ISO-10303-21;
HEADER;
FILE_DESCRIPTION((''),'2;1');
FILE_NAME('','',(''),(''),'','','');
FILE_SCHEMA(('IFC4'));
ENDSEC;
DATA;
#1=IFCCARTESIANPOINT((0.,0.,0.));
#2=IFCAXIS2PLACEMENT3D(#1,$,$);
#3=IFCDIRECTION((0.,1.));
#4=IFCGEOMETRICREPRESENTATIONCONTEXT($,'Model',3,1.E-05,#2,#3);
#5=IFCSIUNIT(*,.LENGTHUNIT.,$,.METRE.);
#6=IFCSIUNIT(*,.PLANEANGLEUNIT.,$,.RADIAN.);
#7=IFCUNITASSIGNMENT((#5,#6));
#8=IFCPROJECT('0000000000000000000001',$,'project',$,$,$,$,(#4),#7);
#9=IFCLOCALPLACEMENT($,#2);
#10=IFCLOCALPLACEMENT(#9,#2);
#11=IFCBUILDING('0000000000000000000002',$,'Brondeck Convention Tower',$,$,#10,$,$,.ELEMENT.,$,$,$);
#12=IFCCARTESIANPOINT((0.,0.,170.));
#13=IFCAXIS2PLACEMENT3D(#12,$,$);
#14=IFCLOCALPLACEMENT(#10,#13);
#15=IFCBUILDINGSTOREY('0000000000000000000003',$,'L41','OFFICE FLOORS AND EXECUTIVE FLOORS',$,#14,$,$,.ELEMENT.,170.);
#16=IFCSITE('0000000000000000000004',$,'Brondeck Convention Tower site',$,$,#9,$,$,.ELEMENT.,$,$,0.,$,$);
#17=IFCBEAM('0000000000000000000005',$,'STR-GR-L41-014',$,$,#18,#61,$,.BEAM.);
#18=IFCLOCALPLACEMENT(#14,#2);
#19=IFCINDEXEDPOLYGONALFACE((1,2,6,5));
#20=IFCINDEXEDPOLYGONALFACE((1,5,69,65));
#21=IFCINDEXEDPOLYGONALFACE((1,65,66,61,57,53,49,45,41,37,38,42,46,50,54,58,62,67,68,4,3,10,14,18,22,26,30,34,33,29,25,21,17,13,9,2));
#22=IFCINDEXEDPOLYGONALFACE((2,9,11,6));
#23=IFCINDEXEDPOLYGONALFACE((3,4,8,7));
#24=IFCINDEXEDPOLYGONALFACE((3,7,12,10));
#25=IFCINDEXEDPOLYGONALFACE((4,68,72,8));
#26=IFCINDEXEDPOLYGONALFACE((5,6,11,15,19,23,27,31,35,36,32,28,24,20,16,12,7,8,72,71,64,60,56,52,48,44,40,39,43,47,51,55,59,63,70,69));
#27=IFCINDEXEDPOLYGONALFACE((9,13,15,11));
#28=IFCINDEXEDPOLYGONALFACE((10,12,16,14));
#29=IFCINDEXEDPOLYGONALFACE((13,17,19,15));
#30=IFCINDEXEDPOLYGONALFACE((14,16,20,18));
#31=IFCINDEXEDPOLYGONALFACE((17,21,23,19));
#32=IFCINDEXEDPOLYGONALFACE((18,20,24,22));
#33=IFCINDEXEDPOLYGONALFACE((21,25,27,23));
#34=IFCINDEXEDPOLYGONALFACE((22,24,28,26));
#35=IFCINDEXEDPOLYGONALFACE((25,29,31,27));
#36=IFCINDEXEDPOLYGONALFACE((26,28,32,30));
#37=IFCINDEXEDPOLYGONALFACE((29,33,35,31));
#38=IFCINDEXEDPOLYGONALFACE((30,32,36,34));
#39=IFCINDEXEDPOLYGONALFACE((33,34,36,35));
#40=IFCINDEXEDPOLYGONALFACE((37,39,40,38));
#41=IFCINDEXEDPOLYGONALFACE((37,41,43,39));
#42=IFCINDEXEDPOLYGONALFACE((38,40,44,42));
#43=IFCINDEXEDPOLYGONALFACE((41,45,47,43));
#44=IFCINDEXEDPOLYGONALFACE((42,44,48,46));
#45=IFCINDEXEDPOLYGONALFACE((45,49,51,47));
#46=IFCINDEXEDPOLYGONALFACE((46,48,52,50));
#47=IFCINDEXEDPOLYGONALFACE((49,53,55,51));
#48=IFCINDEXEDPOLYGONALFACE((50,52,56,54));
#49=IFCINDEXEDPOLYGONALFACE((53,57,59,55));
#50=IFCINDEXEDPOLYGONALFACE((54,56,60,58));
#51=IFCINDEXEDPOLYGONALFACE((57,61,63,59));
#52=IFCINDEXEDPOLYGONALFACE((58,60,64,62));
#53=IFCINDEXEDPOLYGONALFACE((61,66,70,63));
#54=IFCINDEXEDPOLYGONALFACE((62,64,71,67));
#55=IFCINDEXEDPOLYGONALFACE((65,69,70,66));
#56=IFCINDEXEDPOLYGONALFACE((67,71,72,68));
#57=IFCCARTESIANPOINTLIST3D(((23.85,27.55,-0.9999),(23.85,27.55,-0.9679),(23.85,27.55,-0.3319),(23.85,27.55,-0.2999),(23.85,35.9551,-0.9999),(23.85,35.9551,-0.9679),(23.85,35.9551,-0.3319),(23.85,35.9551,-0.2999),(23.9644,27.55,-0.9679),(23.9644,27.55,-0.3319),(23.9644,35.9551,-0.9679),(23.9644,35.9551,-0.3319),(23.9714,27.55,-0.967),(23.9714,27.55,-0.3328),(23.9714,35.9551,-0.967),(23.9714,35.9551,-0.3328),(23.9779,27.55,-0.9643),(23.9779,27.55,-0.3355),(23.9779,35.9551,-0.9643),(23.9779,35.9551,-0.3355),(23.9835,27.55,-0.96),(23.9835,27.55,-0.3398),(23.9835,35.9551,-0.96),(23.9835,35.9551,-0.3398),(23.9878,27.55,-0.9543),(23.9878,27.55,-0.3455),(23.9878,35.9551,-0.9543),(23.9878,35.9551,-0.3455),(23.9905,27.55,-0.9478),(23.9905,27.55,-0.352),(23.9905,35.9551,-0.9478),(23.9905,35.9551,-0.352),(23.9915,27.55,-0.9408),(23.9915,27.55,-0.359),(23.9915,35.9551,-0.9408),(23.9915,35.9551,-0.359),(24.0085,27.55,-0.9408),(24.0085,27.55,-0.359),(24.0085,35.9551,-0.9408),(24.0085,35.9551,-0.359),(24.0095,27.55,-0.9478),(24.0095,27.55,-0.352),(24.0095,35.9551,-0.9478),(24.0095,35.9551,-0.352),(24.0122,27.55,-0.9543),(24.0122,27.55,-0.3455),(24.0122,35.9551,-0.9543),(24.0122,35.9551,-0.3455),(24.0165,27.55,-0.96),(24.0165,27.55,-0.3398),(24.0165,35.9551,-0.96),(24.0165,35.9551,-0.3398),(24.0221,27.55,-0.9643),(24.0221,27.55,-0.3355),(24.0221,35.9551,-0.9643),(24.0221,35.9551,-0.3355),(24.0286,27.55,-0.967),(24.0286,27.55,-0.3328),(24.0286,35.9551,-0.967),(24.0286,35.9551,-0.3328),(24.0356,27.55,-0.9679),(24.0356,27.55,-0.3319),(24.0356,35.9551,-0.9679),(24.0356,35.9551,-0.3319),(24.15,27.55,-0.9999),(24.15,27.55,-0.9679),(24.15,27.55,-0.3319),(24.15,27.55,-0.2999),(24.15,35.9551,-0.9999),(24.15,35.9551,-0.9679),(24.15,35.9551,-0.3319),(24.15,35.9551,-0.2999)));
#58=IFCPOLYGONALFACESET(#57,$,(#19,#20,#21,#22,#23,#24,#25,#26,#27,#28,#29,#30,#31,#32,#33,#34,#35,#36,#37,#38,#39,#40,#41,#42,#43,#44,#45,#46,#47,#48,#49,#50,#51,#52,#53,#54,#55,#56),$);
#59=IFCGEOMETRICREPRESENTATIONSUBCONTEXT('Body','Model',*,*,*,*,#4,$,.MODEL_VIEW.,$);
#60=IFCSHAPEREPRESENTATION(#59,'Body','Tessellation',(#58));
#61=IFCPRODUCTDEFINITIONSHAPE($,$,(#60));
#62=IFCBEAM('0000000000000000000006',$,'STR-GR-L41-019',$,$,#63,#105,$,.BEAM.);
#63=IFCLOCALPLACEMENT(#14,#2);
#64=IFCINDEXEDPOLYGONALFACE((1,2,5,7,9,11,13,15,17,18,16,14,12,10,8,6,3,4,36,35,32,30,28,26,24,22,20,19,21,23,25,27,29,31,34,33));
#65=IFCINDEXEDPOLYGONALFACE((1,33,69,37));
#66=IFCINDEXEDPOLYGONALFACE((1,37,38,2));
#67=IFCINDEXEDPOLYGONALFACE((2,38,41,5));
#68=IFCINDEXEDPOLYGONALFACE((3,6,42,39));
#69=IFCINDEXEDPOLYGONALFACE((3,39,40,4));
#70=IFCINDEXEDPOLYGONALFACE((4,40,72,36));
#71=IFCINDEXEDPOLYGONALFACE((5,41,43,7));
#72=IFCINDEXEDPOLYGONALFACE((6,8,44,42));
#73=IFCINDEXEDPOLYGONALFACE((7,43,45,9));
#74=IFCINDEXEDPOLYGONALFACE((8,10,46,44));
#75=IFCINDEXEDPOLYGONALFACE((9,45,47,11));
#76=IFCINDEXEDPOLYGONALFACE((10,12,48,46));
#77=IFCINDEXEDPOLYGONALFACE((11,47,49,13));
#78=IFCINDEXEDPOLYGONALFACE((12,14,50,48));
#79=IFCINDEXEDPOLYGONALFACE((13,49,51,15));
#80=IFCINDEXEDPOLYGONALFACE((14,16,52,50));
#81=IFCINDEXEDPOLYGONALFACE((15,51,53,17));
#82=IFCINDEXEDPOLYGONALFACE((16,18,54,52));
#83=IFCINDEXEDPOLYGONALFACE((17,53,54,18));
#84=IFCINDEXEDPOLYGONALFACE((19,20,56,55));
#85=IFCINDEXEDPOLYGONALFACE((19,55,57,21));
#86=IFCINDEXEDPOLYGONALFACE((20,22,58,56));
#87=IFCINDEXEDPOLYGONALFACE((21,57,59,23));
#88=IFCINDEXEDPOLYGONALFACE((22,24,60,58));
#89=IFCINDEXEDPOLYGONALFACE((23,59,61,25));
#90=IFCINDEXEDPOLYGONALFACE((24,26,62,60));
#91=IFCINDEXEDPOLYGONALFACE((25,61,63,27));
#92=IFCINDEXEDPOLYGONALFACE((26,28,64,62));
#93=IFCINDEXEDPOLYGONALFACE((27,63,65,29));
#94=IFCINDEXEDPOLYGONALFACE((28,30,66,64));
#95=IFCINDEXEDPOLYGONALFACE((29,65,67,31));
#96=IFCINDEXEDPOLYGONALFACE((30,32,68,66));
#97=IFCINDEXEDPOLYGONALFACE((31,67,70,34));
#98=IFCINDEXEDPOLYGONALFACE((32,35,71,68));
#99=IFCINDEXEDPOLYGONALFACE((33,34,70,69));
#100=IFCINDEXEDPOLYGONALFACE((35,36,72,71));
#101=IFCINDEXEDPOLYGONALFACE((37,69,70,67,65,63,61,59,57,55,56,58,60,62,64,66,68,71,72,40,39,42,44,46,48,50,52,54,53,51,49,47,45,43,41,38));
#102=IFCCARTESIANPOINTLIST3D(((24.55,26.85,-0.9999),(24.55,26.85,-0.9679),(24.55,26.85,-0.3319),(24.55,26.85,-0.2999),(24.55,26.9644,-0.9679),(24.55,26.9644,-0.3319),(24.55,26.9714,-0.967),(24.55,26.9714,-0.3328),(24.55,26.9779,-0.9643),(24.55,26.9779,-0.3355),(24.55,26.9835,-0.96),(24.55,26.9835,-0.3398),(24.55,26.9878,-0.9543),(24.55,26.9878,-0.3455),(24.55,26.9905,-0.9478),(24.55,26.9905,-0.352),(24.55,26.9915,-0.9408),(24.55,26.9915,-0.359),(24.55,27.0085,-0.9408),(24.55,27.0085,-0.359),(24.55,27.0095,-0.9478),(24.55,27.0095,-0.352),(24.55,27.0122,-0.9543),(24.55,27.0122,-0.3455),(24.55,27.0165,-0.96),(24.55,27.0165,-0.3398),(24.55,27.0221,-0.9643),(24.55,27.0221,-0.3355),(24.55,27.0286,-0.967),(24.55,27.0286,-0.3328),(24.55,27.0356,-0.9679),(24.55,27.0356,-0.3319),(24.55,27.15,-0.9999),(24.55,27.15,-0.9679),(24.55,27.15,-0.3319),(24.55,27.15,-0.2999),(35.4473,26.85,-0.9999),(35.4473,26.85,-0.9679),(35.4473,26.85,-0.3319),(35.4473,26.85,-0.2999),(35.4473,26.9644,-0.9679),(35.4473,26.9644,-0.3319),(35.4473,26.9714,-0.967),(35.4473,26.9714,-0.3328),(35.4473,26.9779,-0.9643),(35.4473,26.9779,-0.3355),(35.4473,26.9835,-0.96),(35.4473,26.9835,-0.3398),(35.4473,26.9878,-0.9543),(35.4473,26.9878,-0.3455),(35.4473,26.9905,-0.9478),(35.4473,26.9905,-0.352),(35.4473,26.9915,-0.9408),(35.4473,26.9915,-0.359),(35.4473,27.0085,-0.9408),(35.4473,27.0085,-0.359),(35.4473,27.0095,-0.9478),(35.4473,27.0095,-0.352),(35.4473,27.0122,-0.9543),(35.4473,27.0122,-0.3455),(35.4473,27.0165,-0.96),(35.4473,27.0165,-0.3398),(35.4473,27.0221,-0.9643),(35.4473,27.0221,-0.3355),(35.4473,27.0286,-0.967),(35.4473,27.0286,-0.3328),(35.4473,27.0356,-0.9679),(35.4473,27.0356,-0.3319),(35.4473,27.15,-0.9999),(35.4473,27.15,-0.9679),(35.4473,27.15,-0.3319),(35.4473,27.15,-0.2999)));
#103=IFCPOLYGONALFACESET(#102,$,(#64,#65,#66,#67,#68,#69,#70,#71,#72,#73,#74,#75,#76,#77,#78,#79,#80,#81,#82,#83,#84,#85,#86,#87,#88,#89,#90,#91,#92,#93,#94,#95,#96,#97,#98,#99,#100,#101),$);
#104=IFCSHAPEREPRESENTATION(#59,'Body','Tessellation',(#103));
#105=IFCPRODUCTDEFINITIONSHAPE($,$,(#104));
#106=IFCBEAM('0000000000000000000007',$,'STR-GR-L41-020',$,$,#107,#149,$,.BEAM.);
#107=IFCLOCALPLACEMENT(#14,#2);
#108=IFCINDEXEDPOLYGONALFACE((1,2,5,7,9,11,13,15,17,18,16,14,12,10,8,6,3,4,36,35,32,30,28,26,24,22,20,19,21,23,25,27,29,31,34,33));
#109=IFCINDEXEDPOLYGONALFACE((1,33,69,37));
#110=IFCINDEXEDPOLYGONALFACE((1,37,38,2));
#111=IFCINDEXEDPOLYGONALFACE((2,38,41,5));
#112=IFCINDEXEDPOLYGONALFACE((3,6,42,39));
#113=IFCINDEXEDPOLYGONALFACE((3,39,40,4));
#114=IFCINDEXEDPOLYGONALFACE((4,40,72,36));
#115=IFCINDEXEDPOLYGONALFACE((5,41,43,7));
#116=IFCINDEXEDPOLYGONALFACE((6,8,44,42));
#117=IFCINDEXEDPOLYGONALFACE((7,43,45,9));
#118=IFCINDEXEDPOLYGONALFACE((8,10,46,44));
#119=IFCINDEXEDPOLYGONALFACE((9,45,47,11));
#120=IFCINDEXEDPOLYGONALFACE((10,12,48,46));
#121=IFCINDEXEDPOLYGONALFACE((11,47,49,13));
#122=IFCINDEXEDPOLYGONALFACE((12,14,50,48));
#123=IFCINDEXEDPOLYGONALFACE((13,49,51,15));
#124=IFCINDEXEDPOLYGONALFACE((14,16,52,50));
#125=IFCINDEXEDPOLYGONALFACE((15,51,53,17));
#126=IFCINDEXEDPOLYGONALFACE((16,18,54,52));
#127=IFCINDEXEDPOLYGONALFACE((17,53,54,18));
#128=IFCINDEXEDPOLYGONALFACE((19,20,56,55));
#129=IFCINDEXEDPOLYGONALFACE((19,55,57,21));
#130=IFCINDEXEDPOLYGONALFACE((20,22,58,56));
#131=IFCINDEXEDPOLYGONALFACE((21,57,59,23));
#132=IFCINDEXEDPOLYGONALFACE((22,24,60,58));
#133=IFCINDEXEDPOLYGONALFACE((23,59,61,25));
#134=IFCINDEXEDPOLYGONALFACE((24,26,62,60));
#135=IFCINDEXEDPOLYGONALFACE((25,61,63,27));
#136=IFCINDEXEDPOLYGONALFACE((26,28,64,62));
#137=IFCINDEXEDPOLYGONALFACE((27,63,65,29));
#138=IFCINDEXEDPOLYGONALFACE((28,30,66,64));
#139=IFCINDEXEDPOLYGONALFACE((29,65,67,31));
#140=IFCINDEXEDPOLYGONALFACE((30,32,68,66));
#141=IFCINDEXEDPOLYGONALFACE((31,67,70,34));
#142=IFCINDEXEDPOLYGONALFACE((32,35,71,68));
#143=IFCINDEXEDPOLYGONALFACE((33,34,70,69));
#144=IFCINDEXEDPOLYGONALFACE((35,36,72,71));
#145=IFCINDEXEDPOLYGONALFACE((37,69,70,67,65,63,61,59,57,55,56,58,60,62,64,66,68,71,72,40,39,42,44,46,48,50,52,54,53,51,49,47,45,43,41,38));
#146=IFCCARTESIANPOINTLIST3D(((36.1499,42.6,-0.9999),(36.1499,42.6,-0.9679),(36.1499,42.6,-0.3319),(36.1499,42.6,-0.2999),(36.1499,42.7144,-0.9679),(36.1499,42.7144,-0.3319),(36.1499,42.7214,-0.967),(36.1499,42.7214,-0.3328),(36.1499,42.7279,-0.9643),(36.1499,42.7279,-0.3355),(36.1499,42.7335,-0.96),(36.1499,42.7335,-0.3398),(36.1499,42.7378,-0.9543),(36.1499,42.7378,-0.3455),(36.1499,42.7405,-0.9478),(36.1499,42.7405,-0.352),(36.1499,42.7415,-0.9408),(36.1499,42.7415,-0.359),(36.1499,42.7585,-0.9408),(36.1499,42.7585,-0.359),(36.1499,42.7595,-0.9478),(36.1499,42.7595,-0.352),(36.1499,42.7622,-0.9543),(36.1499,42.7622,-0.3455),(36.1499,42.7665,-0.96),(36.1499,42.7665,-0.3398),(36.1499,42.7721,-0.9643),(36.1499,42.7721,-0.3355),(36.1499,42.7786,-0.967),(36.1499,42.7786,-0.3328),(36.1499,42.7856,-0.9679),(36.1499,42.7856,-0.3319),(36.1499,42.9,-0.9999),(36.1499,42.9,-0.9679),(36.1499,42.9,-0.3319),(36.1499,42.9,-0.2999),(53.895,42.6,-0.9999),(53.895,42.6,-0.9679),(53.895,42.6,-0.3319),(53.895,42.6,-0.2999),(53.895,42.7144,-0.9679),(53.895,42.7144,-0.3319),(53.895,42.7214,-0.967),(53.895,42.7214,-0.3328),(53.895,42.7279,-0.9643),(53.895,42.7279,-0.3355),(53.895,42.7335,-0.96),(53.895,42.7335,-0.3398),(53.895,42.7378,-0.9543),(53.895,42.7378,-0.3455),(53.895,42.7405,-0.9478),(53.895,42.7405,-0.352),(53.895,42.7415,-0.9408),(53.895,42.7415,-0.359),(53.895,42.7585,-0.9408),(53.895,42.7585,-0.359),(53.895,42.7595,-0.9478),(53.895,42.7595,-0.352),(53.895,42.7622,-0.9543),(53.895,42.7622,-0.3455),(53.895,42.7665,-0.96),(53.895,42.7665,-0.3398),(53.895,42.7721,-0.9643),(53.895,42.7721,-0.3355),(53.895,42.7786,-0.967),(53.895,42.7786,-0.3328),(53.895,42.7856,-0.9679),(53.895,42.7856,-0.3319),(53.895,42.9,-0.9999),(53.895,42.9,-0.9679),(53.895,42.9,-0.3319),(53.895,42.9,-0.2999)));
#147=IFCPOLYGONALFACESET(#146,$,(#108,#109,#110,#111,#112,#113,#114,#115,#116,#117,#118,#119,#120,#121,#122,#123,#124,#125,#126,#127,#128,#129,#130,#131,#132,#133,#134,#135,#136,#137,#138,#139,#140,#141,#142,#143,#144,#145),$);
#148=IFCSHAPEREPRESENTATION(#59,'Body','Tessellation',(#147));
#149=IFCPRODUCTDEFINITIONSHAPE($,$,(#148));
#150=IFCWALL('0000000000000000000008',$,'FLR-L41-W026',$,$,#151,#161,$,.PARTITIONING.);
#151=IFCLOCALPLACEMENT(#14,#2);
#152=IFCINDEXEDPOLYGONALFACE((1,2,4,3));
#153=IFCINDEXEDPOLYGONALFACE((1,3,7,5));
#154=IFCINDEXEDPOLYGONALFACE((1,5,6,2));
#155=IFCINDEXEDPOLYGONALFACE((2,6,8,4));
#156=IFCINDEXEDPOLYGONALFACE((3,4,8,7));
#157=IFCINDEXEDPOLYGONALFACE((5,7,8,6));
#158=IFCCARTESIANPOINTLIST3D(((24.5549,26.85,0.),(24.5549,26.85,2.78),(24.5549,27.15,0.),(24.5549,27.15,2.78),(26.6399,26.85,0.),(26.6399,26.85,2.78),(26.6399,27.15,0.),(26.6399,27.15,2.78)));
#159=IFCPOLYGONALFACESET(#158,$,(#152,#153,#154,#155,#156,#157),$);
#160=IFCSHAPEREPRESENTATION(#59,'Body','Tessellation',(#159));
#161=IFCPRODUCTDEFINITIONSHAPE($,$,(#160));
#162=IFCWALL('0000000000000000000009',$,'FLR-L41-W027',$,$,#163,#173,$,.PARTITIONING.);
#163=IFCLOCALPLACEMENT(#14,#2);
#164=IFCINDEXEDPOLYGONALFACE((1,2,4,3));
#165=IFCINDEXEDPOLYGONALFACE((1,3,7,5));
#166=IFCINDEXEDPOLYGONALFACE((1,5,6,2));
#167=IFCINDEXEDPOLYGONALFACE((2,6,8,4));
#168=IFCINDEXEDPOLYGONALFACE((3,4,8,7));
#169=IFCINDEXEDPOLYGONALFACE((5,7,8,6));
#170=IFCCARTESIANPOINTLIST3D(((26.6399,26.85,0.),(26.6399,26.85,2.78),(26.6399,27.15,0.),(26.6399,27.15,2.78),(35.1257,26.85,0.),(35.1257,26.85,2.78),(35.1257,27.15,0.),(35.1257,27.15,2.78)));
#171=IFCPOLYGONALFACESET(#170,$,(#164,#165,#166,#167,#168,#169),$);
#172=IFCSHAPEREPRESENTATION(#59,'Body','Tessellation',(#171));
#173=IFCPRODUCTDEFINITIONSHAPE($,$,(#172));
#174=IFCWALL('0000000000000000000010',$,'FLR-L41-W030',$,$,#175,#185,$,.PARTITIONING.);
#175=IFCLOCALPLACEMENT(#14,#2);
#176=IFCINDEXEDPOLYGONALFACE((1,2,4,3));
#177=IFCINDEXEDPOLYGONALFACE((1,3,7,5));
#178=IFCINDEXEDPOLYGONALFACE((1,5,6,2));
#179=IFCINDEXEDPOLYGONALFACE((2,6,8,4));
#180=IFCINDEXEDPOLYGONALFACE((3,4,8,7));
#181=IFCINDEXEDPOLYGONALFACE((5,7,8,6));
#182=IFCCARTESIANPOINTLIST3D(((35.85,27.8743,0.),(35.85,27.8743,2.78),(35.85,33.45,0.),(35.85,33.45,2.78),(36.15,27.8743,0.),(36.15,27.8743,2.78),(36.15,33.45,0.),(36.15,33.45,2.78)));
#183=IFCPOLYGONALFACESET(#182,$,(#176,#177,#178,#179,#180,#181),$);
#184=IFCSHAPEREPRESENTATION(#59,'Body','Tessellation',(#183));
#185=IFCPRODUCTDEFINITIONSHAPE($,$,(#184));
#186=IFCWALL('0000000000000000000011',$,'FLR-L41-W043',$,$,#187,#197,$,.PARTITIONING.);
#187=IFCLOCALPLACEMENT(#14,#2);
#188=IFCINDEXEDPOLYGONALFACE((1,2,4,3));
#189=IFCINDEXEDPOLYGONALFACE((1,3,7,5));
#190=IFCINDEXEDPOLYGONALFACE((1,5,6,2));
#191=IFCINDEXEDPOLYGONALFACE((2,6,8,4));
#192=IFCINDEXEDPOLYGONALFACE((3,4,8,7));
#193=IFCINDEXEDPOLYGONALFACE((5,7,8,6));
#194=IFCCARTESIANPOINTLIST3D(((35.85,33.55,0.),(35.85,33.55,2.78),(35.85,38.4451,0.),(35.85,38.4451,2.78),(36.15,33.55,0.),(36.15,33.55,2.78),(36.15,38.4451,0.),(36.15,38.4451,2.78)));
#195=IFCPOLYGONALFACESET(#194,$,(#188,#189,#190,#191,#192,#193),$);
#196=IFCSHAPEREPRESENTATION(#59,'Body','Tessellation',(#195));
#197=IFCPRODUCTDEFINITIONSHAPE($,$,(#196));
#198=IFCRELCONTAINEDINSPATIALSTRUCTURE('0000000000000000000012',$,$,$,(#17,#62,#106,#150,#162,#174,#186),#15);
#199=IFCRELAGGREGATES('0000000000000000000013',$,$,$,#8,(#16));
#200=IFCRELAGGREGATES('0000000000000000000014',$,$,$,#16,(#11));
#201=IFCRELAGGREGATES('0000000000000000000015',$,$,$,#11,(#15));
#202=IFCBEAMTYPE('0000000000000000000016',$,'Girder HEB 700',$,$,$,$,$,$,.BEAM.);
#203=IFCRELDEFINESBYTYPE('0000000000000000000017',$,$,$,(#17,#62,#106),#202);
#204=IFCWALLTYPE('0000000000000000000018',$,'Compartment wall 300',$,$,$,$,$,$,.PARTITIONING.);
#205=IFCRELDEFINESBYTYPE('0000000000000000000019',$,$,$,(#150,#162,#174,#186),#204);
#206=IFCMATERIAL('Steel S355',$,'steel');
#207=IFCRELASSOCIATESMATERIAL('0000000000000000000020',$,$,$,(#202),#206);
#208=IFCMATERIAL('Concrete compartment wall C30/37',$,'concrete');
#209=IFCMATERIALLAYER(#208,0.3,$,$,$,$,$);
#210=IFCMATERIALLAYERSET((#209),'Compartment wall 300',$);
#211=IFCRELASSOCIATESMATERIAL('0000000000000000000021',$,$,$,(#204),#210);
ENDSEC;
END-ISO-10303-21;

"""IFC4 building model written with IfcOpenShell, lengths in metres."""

from ifc_helpers import new_model, si_unit, direction, frame, frame_2d, origin, origin_2d, place, context, subcontext, project, spatial, rectangle, i_section, extrude, material, layer, layer_set, material_profile, profile_set, type_object, element, save


model = new_model("IFC4")

# Units and contexts
model_context = context("Model", 3, precision=1e-05, world=origin(), true_north=direction((0.0, 1.0)))
body_context = subcontext(model_context, "Body", "Model", "MODEL_VIEW")
ifc_project = project(units=[si_unit("LENGTHUNIT", "METRE"), si_unit("PLANEANGLEUNIT", "RADIAN")], contexts=[model_context])

# Site, building, storey
site_placement = place(None, origin())
site = spatial("IfcSite", under=ifc_project, at=site_placement, Name="Brondeck Convention Tower site", CompositionType="ELEMENT", RefElevation=0.0)
building_placement = place(site_placement, origin())
building = spatial("IfcBuilding", under=site, at=building_placement, Name="Brondeck Convention Tower", CompositionType="ELEMENT")
storey_placement = place(building_placement, frame((0.0, 0.0, 170.0)))
storey = spatial("IfcBuildingStorey", under=building, at=storey_placement, Name="L41", Description="OFFICE FLOORS AND EXECUTIVE FLOORS", CompositionType="ELEMENT", Elevation=170.0)

# Beams
ifc_material_1 = material(Name="Steel S355", Category="steel")
ifc_material_profile_1 = material_profile(ifc_material_1, i_section(OverallWidth=0.3, OverallDepth=0.7, WebThickness=0.0171, FlangeThickness=0.032, FilletRadius=0.0271, at=origin_2d()), Name="HEB 700")
ifc_profile_set_1 = profile_set([ifc_material_profile_1], Name="Steel S355")
beam_type = type_object("IfcBeamType", Name="Girder HEB 700", PredefinedType="BEAM", material=ifc_profile_set_1)
beam_1_placement = place(storey_placement, frame((24.0, 35.9551, -0.6499), z_axis=(0.0, -1.0, 0.0), x_axis=(1.0, 0.0, 0.0)))
element("IfcBeam", 1, at=beam_1_placement, inside=storey, type_object=beam_type, Name="STR-GR-L41-014", PredefinedType="BEAM", context=body_context, shape_type="SweptSolid", body=[
    extrude(i_section(OverallWidth=0.3, OverallDepth=0.7, WebThickness=0.0171, FlangeThickness=0.032, FilletRadius=0.0271, at=origin_2d()), origin(), (0.0, 0.0, 1.0), 8.405),
])
beam_2_placement = place(storey_placement, frame((24.55, 27.0, -0.6499), z_axis=(1.0, 0.0, 0.0), x_axis=(0.0, 1.0, 0.0)))
element("IfcBeam", 2, at=beam_2_placement, inside=storey, type_object=beam_type, Name="STR-GR-L41-019", PredefinedType="BEAM", context=body_context, shape_type="SweptSolid", body=[
    extrude(i_section(OverallWidth=0.3, OverallDepth=0.7, WebThickness=0.0171, FlangeThickness=0.032, FilletRadius=0.0271, at=origin_2d()), origin(), (0.0, 0.0, 1.0), 10.8972),
])
beam_3_placement = place(storey_placement, frame((36.1499, 42.75, -0.6499), z_axis=(1.0, 0.0, 0.0), x_axis=(0.0, 1.0, 0.0)))
element("IfcBeam", 3, at=beam_3_placement, inside=storey, type_object=beam_type, Name="STR-GR-L41-020", PredefinedType="BEAM", context=body_context, shape_type="SweptSolid", body=[
    extrude(i_section(OverallWidth=0.3, OverallDepth=0.7, WebThickness=0.0171, FlangeThickness=0.032, FilletRadius=0.0271, at=origin_2d()), origin(), (0.0, 0.0, 1.0), 17.7451),
])

# Walls
ifc_material_2 = material(Name="Concrete compartment wall C30/37", Category="concrete")
ifc_layer_1 = layer(ifc_material_2, 0.3)
ifc_layer_set_1 = layer_set([ifc_layer_1], Name="Compartment wall 300")
wall_type_1 = type_object("IfcWallType", Name="Compartment wall 300", PredefinedType="PARTITIONING", material=ifc_layer_set_1)
wall_1_placement = place(storey_placement, frame((24.5549, 27.0, 0.0), z_axis=(0.0, 0.0, 1.0), x_axis=(1.0, 0.0, 0.0)))
element("IfcWall", 4, at=wall_1_placement, inside=storey, type_object=wall_type_1, Name="FLR-L41-W026", PredefinedType="PARTITIONING", context=body_context, shape_type="SweptSolid", body=[
    extrude(rectangle(XDim=2.085, YDim=0.3, at=frame_2d((1.0425, 0.0))), origin(), (0.0, 0.0, 1.0), 2.78),
])
wall_2_placement = place(storey_placement, frame((26.6399, 27.0, 0.0), z_axis=(0.0, 0.0, 1.0), x_axis=(1.0, 0.0, 0.0)))
element("IfcWall", 5, at=wall_2_placement, inside=storey, type_object=wall_type_1, Name="FLR-L41-W027", PredefinedType="PARTITIONING", context=body_context, shape_type="SweptSolid", body=[
    extrude(rectangle(XDim=8.4858, YDim=0.3, at=frame_2d((4.2429, 0.0))), origin(), (0.0, 0.0, 1.0), 2.78),
])
wall_3_placement = place(storey_placement, frame((36.0, 27.8743, 0.0), z_axis=(0.0, 0.0, 1.0), x_axis=(0.0, 1.0, 0.0)))
element("IfcWall", 6, at=wall_3_placement, inside=storey, type_object=wall_type_1, Name="FLR-L41-W030", PredefinedType="PARTITIONING", context=body_context, shape_type="SweptSolid", body=[
    extrude(rectangle(XDim=5.5757, YDim=0.3, at=frame_2d((2.7878, 0.0))), origin(), (0.0, 0.0, 1.0), 2.78),
])
wall_4_placement = place(storey_placement, frame((36.0, 33.55, 0.0), z_axis=(0.0, 0.0, 1.0), x_axis=(0.0, 1.0, 0.0)))
element("IfcWall", 7, at=wall_4_placement, inside=storey, type_object=wall_type_1, Name="FLR-L41-W043", PredefinedType="PARTITIONING", context=body_context, shape_type="SweptSolid", body=[
    extrude(rectangle(XDim=4.895, YDim=0.3, at=frame_2d((2.4475, 0.0))), origin(), (0.0, 0.0, 1.0), 2.78),
])

save(model, "model.ifc")
